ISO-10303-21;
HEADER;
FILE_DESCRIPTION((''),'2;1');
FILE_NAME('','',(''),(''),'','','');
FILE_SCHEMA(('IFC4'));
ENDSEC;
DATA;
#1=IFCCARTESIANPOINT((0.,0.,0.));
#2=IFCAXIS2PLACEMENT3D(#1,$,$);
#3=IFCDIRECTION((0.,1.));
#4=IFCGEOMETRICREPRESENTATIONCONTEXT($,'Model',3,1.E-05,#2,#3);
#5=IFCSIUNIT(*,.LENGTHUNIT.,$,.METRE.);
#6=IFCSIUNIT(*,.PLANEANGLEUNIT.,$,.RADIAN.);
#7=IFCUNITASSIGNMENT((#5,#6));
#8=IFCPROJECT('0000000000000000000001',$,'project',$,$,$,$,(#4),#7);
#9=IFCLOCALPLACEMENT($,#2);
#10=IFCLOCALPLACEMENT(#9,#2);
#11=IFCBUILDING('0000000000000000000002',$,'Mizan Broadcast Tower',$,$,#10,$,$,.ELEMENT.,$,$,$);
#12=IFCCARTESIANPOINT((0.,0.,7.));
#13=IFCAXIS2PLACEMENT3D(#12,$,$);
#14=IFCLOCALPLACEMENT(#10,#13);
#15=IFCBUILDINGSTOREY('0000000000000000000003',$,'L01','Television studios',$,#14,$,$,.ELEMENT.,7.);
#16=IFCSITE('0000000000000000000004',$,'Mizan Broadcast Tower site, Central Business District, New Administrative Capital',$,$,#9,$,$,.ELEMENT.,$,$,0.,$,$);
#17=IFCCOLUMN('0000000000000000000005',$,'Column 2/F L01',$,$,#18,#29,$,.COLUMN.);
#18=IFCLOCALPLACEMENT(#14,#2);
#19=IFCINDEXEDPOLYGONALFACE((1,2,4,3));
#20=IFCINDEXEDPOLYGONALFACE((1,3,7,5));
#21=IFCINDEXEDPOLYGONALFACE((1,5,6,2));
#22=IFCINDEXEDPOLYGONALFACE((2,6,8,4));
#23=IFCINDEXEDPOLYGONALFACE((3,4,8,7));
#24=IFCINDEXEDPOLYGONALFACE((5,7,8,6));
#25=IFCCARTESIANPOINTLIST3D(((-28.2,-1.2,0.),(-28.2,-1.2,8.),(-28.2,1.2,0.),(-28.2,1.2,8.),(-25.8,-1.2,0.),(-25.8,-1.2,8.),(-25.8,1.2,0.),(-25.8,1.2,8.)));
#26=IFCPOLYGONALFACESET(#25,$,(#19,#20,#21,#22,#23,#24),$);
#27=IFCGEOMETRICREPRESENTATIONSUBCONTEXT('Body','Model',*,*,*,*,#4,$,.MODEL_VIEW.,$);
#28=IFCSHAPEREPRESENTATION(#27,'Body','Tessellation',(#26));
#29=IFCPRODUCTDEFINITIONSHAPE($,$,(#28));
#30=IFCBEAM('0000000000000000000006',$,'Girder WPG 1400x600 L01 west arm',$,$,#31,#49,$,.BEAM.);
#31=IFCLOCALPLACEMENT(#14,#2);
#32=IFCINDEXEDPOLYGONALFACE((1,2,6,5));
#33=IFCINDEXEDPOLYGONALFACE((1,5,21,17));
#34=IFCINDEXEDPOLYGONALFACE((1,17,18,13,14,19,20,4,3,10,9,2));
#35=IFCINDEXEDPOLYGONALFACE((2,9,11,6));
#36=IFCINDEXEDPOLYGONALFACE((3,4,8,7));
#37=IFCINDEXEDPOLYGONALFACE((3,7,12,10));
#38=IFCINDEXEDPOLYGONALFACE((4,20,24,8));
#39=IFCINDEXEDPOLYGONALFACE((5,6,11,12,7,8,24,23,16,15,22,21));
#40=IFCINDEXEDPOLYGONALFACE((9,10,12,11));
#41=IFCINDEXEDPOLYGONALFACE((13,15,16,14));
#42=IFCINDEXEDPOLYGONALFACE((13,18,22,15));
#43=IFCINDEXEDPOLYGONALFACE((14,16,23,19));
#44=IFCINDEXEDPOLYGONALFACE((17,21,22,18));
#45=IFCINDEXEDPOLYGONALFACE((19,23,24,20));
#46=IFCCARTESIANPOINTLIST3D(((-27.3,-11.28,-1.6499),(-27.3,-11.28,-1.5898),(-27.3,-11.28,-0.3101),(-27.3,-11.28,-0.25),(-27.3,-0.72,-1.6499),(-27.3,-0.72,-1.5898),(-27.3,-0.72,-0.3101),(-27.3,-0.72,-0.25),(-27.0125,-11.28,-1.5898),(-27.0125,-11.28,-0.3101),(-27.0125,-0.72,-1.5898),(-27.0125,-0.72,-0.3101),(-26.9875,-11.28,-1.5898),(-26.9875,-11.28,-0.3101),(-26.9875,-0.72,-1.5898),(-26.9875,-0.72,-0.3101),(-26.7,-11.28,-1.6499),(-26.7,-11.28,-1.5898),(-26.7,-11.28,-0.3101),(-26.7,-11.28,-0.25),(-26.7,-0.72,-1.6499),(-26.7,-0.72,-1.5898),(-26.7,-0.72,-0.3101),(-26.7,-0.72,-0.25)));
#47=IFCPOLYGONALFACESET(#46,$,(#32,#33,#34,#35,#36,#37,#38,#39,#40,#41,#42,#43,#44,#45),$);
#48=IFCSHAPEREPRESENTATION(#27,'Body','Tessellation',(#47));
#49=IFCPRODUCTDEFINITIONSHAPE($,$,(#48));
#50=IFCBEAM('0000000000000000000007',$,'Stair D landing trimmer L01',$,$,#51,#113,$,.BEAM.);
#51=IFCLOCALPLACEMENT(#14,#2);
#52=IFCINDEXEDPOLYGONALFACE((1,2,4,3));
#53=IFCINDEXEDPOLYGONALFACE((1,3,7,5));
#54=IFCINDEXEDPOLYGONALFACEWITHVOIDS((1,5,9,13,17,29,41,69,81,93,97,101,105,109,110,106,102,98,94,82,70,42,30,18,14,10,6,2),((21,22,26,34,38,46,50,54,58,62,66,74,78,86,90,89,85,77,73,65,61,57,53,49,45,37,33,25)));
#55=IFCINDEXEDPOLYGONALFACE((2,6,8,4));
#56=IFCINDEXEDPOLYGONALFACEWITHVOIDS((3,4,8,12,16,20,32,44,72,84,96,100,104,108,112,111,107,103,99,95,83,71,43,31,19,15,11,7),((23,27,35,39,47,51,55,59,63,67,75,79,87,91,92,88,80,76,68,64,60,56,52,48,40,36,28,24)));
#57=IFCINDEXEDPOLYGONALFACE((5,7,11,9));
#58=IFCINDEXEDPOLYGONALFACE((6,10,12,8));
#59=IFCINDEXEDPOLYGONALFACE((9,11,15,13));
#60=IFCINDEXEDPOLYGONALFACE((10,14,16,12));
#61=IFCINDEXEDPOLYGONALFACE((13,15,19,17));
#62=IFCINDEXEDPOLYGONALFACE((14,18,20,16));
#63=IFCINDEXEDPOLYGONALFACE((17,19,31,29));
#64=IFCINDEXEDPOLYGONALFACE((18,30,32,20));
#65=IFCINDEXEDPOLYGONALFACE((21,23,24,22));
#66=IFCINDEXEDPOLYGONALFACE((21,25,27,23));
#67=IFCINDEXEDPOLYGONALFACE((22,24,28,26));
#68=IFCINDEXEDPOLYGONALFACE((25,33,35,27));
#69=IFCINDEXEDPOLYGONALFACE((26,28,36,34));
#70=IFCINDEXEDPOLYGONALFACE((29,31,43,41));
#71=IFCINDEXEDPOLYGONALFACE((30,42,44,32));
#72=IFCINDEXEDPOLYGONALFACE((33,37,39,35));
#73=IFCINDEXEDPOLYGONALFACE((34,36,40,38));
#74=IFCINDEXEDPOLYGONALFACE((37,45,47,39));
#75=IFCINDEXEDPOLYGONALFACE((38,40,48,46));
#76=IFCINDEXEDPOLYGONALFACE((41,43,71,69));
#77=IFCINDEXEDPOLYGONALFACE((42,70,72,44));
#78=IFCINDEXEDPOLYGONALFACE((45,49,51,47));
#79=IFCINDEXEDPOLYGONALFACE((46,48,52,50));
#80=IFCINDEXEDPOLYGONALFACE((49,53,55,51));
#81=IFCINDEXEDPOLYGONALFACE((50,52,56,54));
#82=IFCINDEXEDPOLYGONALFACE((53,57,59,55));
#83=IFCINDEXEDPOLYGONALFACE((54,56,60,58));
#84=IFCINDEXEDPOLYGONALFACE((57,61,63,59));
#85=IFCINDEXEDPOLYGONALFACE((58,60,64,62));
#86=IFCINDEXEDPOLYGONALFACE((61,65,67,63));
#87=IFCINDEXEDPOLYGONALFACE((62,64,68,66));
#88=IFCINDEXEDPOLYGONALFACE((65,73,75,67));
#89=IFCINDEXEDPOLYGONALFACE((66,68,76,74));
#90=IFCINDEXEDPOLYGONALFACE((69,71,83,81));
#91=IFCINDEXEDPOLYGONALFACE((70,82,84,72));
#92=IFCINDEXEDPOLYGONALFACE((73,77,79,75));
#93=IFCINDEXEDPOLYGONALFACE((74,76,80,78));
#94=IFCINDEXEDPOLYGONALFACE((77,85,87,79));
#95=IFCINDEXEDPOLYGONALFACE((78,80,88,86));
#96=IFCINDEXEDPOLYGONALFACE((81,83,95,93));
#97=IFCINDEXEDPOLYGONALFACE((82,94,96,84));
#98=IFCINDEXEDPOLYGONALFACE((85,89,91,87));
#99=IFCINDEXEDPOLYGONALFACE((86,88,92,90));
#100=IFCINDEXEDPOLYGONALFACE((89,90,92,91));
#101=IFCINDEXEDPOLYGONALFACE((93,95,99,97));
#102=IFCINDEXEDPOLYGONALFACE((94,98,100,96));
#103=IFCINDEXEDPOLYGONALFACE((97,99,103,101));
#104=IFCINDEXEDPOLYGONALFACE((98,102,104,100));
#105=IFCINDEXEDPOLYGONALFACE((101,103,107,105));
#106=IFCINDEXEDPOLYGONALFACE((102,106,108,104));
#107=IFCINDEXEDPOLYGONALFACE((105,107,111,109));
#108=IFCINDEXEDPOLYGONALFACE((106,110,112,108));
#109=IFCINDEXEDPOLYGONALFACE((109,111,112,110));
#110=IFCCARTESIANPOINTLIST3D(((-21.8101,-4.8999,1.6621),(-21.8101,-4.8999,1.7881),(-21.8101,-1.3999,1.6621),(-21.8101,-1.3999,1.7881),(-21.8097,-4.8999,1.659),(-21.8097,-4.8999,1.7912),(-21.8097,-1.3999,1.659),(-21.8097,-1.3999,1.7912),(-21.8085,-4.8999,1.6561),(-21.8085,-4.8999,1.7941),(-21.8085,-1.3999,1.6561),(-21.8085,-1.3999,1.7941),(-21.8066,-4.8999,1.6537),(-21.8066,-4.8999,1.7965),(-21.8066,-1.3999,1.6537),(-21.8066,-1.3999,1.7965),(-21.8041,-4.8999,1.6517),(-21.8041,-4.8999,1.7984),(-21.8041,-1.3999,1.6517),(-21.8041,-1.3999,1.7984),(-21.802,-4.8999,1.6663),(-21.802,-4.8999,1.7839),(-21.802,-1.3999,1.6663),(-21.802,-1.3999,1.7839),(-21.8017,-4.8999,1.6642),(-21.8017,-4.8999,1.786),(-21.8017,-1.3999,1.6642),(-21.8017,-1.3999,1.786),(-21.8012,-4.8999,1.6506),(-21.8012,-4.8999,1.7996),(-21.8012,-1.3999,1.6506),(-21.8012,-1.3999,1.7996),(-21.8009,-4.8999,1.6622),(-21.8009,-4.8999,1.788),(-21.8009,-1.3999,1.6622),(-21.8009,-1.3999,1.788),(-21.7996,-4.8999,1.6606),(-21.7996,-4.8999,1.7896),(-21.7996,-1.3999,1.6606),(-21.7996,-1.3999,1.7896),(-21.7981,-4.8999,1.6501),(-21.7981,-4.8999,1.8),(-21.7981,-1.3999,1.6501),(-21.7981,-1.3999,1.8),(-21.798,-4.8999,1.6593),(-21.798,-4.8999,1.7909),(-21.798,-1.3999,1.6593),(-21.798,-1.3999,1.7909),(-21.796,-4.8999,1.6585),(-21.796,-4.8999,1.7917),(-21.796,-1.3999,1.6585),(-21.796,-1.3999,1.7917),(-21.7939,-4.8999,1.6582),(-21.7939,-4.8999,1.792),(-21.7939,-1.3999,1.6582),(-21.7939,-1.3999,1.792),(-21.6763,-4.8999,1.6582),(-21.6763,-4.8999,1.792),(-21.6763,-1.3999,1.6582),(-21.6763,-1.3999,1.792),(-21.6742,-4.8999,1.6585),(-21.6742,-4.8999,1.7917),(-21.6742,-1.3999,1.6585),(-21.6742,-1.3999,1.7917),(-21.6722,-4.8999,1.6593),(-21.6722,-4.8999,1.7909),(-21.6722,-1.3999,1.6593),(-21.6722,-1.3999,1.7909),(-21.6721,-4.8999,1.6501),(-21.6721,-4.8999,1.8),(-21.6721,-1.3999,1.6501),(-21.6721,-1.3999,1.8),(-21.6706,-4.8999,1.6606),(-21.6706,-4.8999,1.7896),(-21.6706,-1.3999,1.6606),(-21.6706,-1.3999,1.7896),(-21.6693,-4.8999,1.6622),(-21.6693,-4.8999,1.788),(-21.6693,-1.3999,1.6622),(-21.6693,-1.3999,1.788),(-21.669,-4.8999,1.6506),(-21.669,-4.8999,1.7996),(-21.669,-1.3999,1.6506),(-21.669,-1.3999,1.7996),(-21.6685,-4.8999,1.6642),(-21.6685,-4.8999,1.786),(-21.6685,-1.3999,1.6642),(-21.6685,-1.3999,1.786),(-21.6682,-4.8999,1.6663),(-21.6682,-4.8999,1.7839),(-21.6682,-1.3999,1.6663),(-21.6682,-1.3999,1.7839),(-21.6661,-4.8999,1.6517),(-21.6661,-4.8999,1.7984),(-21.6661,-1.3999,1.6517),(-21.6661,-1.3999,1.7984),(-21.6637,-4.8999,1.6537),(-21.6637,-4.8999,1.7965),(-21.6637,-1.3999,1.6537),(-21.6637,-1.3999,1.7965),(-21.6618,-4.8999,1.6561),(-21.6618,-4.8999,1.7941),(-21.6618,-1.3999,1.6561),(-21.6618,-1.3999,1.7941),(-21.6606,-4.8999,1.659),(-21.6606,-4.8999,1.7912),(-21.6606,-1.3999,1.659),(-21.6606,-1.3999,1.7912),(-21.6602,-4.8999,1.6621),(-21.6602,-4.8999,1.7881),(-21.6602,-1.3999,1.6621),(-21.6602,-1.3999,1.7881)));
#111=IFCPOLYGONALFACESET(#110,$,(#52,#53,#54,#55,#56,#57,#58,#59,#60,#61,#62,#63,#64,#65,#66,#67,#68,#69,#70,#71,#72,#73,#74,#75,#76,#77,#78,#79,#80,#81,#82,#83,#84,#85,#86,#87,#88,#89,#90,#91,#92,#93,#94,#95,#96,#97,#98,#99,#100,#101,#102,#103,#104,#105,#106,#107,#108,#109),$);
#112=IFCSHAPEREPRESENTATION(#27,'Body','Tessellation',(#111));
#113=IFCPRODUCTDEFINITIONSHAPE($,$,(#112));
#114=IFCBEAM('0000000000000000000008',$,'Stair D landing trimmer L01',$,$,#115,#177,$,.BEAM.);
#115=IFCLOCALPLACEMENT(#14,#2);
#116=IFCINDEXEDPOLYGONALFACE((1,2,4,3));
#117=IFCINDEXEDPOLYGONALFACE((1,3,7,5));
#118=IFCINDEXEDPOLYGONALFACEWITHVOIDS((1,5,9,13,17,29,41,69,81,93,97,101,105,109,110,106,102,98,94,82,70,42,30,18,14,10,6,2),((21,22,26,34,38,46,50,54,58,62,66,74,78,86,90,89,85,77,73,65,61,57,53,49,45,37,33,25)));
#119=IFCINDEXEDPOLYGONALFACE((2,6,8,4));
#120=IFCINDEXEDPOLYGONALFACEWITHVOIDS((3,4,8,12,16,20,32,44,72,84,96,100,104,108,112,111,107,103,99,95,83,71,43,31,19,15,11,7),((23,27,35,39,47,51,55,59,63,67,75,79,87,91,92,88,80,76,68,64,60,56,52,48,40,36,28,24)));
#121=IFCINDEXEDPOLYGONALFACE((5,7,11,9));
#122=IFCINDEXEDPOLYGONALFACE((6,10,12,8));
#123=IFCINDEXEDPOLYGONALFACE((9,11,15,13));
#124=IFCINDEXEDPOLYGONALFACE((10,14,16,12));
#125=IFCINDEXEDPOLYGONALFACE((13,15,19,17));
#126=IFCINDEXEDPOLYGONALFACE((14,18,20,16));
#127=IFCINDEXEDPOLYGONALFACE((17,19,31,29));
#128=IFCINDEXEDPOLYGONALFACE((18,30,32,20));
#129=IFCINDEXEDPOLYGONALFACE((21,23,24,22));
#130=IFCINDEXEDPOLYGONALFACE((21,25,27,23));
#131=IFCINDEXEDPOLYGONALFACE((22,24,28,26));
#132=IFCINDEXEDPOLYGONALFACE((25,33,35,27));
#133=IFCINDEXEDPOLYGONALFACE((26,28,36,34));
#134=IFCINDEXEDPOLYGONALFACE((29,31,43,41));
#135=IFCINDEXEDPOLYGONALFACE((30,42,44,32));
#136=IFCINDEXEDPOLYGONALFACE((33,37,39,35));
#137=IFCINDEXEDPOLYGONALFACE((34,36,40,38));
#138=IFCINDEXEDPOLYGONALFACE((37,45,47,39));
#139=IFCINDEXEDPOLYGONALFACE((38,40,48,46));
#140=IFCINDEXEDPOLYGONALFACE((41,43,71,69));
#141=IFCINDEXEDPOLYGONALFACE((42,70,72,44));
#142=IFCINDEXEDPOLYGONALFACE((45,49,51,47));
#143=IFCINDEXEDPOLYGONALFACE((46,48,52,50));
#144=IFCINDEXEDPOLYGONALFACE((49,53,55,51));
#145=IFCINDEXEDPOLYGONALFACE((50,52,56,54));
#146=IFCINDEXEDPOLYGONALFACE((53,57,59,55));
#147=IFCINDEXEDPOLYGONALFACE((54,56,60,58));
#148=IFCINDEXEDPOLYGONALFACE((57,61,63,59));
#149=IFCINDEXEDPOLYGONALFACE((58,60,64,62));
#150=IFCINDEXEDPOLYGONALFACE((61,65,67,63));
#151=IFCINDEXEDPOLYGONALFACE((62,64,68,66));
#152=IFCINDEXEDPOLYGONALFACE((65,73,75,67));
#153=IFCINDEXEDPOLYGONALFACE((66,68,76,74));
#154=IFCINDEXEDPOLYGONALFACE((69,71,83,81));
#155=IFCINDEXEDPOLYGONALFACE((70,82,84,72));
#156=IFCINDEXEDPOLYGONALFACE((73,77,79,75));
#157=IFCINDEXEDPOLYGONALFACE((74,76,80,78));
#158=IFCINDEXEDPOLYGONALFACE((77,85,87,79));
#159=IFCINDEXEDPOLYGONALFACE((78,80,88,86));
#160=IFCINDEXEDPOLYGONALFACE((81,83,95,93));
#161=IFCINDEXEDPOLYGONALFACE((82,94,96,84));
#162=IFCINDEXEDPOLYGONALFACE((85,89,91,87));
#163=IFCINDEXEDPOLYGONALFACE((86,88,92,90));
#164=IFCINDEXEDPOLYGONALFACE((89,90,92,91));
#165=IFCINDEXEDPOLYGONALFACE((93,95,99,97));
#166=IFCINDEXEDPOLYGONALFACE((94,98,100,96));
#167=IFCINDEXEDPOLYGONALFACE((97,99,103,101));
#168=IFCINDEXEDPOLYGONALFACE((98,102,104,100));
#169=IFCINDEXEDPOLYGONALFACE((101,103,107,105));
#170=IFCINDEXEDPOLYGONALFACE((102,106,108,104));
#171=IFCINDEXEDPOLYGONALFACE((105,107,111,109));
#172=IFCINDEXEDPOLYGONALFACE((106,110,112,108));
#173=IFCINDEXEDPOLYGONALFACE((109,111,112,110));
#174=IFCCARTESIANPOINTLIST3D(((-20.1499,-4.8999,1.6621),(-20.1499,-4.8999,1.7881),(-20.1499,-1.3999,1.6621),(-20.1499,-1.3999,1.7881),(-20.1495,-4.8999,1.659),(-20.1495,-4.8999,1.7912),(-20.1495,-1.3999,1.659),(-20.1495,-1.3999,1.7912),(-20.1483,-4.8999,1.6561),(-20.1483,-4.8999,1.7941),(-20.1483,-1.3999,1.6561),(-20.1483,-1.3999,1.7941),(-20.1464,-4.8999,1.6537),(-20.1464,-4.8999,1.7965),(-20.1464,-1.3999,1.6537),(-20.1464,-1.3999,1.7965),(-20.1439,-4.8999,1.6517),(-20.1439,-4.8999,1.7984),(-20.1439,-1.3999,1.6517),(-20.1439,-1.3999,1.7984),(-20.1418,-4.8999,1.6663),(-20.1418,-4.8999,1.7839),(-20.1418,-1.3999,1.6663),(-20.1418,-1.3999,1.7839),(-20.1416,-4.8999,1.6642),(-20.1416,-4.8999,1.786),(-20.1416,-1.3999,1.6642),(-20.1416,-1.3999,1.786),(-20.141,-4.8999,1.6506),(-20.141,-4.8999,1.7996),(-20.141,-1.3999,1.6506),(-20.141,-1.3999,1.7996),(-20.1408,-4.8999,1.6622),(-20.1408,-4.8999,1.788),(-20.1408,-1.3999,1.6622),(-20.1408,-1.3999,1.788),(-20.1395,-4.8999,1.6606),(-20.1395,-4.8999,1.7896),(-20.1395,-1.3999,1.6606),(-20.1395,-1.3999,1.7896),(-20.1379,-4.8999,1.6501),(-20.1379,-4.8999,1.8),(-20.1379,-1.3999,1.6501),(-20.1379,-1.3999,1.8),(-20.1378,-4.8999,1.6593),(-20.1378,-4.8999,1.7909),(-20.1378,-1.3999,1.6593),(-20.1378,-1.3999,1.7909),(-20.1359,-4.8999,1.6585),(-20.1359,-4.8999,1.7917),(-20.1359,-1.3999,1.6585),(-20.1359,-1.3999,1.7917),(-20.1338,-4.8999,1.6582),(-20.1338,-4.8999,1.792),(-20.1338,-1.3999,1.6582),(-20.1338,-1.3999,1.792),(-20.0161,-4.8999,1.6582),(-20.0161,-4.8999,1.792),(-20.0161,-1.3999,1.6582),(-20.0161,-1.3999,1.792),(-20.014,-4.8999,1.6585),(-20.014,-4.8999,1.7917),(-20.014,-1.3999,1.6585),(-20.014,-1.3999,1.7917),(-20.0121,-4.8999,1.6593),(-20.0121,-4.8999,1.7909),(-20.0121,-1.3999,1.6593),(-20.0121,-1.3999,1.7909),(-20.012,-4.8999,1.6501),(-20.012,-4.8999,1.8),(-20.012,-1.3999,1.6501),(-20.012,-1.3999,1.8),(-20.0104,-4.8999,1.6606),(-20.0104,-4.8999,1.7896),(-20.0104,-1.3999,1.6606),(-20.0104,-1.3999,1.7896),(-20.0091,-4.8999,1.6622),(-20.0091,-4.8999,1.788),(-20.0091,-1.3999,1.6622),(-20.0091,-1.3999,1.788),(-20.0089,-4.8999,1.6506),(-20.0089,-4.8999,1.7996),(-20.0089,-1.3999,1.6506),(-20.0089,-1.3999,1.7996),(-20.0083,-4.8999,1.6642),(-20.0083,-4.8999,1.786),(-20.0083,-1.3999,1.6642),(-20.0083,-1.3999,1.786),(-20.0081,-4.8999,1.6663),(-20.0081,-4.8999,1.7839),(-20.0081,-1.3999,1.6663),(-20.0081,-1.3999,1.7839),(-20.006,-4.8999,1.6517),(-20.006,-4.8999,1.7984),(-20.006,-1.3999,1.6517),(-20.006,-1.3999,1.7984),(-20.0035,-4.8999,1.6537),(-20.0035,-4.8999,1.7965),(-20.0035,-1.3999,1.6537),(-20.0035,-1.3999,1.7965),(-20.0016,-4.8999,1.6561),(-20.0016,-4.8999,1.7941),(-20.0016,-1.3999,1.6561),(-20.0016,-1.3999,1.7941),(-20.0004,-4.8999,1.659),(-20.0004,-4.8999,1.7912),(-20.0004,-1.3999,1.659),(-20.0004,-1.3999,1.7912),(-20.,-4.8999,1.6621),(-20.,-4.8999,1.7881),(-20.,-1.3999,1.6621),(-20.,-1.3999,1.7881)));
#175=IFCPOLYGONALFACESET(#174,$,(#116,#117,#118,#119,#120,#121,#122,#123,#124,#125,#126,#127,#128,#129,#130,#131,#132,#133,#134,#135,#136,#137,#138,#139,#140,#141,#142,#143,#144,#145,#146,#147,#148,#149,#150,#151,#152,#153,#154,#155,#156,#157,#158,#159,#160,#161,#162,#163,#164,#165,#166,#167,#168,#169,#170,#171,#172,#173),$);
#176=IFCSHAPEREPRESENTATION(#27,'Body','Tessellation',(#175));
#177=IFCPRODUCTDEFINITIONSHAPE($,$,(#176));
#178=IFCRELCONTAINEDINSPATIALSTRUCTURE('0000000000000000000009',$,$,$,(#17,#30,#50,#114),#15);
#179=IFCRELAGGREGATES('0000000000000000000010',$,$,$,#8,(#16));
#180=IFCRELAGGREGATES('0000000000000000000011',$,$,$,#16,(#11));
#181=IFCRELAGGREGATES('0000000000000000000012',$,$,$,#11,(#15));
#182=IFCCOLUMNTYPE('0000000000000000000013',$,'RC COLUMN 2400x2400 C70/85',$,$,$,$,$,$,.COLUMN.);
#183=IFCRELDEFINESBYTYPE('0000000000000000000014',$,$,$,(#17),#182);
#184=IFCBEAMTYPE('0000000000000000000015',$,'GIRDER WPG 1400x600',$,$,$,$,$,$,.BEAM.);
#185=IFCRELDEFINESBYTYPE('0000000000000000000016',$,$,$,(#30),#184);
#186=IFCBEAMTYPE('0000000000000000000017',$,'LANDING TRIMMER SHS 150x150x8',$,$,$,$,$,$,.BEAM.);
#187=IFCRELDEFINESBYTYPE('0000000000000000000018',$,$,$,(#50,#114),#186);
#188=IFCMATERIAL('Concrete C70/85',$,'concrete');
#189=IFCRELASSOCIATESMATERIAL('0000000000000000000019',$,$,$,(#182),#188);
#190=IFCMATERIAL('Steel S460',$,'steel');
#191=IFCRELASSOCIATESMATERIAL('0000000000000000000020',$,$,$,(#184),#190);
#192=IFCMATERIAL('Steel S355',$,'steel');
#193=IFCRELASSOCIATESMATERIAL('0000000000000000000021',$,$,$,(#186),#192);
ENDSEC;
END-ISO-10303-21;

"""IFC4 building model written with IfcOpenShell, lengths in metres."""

from ifc_helpers import new_model, si_unit, direction, frame, origin, origin_2d, place, context, subcontext, project, spatial, rectangle, hollow_rectangle, i_section, extrude, material, material_profile, profile_set, type_object, element, save


model = new_model("IFC4")

# Units and contexts
model_context = context("Model", 3, precision=1e-05, world=origin(), true_north=direction((0.0, 1.0)))
body_context = subcontext(model_context, "Body", "Model", "MODEL_VIEW")
ifc_project = project(units=[si_unit("LENGTHUNIT", "METRE"), si_unit("PLANEANGLEUNIT", "RADIAN")], contexts=[model_context])

# Site, building, storey
site_placement = place(None, origin())
site = spatial("IfcSite", under=ifc_project, at=site_placement, Name="Mizan Broadcast Tower site, Central Business District, New Administrative Capital", CompositionType="ELEMENT", RefElevation=0.0)
building_placement = place(site_placement, origin())
building = spatial("IfcBuilding", under=site, at=building_placement, Name="Mizan Broadcast Tower", CompositionType="ELEMENT")
storey_placement = place(building_placement, frame((0.0, 0.0, 7.0)))
storey = spatial("IfcBuildingStorey", under=building, at=storey_placement, Name="L01", Description="Television studios", CompositionType="ELEMENT", Elevation=7.0)

# Column
ifc_material_1 = material(Name="Concrete C70/85", Category="concrete")
ifc_material_profile_1 = material_profile(ifc_material_1, rectangle(XDim=2.3999, YDim=2.3999, at=origin_2d()), Name="RC 2400x2400")
ifc_profile_set_1 = profile_set([ifc_material_profile_1], Name="Concrete C70/85")
column_type = type_object("IfcColumnType", Name="RC COLUMN 2400x2400 C70/85", PredefinedType="COLUMN", material=ifc_profile_set_1)
column_placement = place(storey_placement, frame((-27.0, 0.0, 0.0), z_axis=(0.0, 0.0, 1.0), x_axis=(1.0, 0.0, 0.0)))
element("IfcColumn", 1, at=column_placement, inside=storey, type_object=column_type, Name="Column 2/F L01", PredefinedType="COLUMN", context=body_context, shape_type="SweptSolid", body=[
    extrude(rectangle(XDim=2.3999, YDim=2.3999, at=origin_2d()), origin(), (0.0, 0.0, 1.0), 8.0),
])

# Beams
ifc_material_2 = material(Name="Steel S460", Category="steel")
ifc_material_profile_2 = material_profile(ifc_material_2, i_section(OverallWidth=0.6001, OverallDepth=1.3999, WebThickness=0.0249, FlangeThickness=0.0601, at=origin_2d()), Name="WPG 1400x600")
ifc_profile_set_2 = profile_set([ifc_material_profile_2], Name="Steel S460")
beam_type_1 = type_object("IfcBeamType", Name="GIRDER WPG 1400x600", PredefinedType="BEAM", material=ifc_profile_set_2)
beam_1_placement = place(storey_placement, frame((-27.0, -0.72, -0.95), z_axis=(0.0, -1.0, 0.0), x_axis=(1.0, 0.0, 0.0)))
element("IfcBeam", 2, at=beam_1_placement, inside=storey, type_object=beam_type_1, Name="Girder WPG 1400x600 L01 west arm", PredefinedType="BEAM", context=body_context, shape_type="SweptSolid", body=[
    extrude(i_section(OverallWidth=0.6001, OverallDepth=1.3999, WebThickness=0.0249, FlangeThickness=0.0601, at=origin_2d()), origin(), (0.0, 0.0, 1.0), 10.5601),
])
ifc_material_3 = material(Name="Steel S355", Category="steel")
ifc_material_profile_3 = material_profile(ifc_material_3, hollow_rectangle(XDim=0.1499, YDim=0.1499, WallThickness=0.0081, InnerFilletRadius=0.0081, OuterFilletRadius=0.012, at=origin_2d()), Name="SHS 150x150x8")
ifc_profile_set_3 = profile_set([ifc_material_profile_3], Name="Steel S355")
beam_type_2 = type_object("IfcBeamType", Name="LANDING TRIMMER SHS 150x150x8", PredefinedType="BEAM", material=ifc_profile_set_3)
for number, where, z_axis, x_axis, name in (
    (3, (-21.7351, -1.3999, 1.7251), (0.0, -1.0, 0.0), (1.0, 0.0, 0.0), "Stair D landing trimmer L01"),
    (4, (-20.075, -1.3999, 1.7251), (0.0, -1.0, 0.0), (1.0, 0.0, 0.0), "Stair D landing trimmer L01"),
):
    element("IfcBeam", number, at=place(storey_placement, frame(where, z_axis=z_axis, x_axis=x_axis)), inside=storey, type_object=beam_type_2, Name=name, PredefinedType="BEAM", context=body_context, shape_type="SweptSolid", body=[
        extrude(hollow_rectangle(XDim=0.1499, YDim=0.1499, WallThickness=0.0081, InnerFilletRadius=0.0081, OuterFilletRadius=0.012, at=origin_2d()), origin(), (0.0, 0.0, 1.0), 3.5),
    ])

save(model, "model.ifc")
